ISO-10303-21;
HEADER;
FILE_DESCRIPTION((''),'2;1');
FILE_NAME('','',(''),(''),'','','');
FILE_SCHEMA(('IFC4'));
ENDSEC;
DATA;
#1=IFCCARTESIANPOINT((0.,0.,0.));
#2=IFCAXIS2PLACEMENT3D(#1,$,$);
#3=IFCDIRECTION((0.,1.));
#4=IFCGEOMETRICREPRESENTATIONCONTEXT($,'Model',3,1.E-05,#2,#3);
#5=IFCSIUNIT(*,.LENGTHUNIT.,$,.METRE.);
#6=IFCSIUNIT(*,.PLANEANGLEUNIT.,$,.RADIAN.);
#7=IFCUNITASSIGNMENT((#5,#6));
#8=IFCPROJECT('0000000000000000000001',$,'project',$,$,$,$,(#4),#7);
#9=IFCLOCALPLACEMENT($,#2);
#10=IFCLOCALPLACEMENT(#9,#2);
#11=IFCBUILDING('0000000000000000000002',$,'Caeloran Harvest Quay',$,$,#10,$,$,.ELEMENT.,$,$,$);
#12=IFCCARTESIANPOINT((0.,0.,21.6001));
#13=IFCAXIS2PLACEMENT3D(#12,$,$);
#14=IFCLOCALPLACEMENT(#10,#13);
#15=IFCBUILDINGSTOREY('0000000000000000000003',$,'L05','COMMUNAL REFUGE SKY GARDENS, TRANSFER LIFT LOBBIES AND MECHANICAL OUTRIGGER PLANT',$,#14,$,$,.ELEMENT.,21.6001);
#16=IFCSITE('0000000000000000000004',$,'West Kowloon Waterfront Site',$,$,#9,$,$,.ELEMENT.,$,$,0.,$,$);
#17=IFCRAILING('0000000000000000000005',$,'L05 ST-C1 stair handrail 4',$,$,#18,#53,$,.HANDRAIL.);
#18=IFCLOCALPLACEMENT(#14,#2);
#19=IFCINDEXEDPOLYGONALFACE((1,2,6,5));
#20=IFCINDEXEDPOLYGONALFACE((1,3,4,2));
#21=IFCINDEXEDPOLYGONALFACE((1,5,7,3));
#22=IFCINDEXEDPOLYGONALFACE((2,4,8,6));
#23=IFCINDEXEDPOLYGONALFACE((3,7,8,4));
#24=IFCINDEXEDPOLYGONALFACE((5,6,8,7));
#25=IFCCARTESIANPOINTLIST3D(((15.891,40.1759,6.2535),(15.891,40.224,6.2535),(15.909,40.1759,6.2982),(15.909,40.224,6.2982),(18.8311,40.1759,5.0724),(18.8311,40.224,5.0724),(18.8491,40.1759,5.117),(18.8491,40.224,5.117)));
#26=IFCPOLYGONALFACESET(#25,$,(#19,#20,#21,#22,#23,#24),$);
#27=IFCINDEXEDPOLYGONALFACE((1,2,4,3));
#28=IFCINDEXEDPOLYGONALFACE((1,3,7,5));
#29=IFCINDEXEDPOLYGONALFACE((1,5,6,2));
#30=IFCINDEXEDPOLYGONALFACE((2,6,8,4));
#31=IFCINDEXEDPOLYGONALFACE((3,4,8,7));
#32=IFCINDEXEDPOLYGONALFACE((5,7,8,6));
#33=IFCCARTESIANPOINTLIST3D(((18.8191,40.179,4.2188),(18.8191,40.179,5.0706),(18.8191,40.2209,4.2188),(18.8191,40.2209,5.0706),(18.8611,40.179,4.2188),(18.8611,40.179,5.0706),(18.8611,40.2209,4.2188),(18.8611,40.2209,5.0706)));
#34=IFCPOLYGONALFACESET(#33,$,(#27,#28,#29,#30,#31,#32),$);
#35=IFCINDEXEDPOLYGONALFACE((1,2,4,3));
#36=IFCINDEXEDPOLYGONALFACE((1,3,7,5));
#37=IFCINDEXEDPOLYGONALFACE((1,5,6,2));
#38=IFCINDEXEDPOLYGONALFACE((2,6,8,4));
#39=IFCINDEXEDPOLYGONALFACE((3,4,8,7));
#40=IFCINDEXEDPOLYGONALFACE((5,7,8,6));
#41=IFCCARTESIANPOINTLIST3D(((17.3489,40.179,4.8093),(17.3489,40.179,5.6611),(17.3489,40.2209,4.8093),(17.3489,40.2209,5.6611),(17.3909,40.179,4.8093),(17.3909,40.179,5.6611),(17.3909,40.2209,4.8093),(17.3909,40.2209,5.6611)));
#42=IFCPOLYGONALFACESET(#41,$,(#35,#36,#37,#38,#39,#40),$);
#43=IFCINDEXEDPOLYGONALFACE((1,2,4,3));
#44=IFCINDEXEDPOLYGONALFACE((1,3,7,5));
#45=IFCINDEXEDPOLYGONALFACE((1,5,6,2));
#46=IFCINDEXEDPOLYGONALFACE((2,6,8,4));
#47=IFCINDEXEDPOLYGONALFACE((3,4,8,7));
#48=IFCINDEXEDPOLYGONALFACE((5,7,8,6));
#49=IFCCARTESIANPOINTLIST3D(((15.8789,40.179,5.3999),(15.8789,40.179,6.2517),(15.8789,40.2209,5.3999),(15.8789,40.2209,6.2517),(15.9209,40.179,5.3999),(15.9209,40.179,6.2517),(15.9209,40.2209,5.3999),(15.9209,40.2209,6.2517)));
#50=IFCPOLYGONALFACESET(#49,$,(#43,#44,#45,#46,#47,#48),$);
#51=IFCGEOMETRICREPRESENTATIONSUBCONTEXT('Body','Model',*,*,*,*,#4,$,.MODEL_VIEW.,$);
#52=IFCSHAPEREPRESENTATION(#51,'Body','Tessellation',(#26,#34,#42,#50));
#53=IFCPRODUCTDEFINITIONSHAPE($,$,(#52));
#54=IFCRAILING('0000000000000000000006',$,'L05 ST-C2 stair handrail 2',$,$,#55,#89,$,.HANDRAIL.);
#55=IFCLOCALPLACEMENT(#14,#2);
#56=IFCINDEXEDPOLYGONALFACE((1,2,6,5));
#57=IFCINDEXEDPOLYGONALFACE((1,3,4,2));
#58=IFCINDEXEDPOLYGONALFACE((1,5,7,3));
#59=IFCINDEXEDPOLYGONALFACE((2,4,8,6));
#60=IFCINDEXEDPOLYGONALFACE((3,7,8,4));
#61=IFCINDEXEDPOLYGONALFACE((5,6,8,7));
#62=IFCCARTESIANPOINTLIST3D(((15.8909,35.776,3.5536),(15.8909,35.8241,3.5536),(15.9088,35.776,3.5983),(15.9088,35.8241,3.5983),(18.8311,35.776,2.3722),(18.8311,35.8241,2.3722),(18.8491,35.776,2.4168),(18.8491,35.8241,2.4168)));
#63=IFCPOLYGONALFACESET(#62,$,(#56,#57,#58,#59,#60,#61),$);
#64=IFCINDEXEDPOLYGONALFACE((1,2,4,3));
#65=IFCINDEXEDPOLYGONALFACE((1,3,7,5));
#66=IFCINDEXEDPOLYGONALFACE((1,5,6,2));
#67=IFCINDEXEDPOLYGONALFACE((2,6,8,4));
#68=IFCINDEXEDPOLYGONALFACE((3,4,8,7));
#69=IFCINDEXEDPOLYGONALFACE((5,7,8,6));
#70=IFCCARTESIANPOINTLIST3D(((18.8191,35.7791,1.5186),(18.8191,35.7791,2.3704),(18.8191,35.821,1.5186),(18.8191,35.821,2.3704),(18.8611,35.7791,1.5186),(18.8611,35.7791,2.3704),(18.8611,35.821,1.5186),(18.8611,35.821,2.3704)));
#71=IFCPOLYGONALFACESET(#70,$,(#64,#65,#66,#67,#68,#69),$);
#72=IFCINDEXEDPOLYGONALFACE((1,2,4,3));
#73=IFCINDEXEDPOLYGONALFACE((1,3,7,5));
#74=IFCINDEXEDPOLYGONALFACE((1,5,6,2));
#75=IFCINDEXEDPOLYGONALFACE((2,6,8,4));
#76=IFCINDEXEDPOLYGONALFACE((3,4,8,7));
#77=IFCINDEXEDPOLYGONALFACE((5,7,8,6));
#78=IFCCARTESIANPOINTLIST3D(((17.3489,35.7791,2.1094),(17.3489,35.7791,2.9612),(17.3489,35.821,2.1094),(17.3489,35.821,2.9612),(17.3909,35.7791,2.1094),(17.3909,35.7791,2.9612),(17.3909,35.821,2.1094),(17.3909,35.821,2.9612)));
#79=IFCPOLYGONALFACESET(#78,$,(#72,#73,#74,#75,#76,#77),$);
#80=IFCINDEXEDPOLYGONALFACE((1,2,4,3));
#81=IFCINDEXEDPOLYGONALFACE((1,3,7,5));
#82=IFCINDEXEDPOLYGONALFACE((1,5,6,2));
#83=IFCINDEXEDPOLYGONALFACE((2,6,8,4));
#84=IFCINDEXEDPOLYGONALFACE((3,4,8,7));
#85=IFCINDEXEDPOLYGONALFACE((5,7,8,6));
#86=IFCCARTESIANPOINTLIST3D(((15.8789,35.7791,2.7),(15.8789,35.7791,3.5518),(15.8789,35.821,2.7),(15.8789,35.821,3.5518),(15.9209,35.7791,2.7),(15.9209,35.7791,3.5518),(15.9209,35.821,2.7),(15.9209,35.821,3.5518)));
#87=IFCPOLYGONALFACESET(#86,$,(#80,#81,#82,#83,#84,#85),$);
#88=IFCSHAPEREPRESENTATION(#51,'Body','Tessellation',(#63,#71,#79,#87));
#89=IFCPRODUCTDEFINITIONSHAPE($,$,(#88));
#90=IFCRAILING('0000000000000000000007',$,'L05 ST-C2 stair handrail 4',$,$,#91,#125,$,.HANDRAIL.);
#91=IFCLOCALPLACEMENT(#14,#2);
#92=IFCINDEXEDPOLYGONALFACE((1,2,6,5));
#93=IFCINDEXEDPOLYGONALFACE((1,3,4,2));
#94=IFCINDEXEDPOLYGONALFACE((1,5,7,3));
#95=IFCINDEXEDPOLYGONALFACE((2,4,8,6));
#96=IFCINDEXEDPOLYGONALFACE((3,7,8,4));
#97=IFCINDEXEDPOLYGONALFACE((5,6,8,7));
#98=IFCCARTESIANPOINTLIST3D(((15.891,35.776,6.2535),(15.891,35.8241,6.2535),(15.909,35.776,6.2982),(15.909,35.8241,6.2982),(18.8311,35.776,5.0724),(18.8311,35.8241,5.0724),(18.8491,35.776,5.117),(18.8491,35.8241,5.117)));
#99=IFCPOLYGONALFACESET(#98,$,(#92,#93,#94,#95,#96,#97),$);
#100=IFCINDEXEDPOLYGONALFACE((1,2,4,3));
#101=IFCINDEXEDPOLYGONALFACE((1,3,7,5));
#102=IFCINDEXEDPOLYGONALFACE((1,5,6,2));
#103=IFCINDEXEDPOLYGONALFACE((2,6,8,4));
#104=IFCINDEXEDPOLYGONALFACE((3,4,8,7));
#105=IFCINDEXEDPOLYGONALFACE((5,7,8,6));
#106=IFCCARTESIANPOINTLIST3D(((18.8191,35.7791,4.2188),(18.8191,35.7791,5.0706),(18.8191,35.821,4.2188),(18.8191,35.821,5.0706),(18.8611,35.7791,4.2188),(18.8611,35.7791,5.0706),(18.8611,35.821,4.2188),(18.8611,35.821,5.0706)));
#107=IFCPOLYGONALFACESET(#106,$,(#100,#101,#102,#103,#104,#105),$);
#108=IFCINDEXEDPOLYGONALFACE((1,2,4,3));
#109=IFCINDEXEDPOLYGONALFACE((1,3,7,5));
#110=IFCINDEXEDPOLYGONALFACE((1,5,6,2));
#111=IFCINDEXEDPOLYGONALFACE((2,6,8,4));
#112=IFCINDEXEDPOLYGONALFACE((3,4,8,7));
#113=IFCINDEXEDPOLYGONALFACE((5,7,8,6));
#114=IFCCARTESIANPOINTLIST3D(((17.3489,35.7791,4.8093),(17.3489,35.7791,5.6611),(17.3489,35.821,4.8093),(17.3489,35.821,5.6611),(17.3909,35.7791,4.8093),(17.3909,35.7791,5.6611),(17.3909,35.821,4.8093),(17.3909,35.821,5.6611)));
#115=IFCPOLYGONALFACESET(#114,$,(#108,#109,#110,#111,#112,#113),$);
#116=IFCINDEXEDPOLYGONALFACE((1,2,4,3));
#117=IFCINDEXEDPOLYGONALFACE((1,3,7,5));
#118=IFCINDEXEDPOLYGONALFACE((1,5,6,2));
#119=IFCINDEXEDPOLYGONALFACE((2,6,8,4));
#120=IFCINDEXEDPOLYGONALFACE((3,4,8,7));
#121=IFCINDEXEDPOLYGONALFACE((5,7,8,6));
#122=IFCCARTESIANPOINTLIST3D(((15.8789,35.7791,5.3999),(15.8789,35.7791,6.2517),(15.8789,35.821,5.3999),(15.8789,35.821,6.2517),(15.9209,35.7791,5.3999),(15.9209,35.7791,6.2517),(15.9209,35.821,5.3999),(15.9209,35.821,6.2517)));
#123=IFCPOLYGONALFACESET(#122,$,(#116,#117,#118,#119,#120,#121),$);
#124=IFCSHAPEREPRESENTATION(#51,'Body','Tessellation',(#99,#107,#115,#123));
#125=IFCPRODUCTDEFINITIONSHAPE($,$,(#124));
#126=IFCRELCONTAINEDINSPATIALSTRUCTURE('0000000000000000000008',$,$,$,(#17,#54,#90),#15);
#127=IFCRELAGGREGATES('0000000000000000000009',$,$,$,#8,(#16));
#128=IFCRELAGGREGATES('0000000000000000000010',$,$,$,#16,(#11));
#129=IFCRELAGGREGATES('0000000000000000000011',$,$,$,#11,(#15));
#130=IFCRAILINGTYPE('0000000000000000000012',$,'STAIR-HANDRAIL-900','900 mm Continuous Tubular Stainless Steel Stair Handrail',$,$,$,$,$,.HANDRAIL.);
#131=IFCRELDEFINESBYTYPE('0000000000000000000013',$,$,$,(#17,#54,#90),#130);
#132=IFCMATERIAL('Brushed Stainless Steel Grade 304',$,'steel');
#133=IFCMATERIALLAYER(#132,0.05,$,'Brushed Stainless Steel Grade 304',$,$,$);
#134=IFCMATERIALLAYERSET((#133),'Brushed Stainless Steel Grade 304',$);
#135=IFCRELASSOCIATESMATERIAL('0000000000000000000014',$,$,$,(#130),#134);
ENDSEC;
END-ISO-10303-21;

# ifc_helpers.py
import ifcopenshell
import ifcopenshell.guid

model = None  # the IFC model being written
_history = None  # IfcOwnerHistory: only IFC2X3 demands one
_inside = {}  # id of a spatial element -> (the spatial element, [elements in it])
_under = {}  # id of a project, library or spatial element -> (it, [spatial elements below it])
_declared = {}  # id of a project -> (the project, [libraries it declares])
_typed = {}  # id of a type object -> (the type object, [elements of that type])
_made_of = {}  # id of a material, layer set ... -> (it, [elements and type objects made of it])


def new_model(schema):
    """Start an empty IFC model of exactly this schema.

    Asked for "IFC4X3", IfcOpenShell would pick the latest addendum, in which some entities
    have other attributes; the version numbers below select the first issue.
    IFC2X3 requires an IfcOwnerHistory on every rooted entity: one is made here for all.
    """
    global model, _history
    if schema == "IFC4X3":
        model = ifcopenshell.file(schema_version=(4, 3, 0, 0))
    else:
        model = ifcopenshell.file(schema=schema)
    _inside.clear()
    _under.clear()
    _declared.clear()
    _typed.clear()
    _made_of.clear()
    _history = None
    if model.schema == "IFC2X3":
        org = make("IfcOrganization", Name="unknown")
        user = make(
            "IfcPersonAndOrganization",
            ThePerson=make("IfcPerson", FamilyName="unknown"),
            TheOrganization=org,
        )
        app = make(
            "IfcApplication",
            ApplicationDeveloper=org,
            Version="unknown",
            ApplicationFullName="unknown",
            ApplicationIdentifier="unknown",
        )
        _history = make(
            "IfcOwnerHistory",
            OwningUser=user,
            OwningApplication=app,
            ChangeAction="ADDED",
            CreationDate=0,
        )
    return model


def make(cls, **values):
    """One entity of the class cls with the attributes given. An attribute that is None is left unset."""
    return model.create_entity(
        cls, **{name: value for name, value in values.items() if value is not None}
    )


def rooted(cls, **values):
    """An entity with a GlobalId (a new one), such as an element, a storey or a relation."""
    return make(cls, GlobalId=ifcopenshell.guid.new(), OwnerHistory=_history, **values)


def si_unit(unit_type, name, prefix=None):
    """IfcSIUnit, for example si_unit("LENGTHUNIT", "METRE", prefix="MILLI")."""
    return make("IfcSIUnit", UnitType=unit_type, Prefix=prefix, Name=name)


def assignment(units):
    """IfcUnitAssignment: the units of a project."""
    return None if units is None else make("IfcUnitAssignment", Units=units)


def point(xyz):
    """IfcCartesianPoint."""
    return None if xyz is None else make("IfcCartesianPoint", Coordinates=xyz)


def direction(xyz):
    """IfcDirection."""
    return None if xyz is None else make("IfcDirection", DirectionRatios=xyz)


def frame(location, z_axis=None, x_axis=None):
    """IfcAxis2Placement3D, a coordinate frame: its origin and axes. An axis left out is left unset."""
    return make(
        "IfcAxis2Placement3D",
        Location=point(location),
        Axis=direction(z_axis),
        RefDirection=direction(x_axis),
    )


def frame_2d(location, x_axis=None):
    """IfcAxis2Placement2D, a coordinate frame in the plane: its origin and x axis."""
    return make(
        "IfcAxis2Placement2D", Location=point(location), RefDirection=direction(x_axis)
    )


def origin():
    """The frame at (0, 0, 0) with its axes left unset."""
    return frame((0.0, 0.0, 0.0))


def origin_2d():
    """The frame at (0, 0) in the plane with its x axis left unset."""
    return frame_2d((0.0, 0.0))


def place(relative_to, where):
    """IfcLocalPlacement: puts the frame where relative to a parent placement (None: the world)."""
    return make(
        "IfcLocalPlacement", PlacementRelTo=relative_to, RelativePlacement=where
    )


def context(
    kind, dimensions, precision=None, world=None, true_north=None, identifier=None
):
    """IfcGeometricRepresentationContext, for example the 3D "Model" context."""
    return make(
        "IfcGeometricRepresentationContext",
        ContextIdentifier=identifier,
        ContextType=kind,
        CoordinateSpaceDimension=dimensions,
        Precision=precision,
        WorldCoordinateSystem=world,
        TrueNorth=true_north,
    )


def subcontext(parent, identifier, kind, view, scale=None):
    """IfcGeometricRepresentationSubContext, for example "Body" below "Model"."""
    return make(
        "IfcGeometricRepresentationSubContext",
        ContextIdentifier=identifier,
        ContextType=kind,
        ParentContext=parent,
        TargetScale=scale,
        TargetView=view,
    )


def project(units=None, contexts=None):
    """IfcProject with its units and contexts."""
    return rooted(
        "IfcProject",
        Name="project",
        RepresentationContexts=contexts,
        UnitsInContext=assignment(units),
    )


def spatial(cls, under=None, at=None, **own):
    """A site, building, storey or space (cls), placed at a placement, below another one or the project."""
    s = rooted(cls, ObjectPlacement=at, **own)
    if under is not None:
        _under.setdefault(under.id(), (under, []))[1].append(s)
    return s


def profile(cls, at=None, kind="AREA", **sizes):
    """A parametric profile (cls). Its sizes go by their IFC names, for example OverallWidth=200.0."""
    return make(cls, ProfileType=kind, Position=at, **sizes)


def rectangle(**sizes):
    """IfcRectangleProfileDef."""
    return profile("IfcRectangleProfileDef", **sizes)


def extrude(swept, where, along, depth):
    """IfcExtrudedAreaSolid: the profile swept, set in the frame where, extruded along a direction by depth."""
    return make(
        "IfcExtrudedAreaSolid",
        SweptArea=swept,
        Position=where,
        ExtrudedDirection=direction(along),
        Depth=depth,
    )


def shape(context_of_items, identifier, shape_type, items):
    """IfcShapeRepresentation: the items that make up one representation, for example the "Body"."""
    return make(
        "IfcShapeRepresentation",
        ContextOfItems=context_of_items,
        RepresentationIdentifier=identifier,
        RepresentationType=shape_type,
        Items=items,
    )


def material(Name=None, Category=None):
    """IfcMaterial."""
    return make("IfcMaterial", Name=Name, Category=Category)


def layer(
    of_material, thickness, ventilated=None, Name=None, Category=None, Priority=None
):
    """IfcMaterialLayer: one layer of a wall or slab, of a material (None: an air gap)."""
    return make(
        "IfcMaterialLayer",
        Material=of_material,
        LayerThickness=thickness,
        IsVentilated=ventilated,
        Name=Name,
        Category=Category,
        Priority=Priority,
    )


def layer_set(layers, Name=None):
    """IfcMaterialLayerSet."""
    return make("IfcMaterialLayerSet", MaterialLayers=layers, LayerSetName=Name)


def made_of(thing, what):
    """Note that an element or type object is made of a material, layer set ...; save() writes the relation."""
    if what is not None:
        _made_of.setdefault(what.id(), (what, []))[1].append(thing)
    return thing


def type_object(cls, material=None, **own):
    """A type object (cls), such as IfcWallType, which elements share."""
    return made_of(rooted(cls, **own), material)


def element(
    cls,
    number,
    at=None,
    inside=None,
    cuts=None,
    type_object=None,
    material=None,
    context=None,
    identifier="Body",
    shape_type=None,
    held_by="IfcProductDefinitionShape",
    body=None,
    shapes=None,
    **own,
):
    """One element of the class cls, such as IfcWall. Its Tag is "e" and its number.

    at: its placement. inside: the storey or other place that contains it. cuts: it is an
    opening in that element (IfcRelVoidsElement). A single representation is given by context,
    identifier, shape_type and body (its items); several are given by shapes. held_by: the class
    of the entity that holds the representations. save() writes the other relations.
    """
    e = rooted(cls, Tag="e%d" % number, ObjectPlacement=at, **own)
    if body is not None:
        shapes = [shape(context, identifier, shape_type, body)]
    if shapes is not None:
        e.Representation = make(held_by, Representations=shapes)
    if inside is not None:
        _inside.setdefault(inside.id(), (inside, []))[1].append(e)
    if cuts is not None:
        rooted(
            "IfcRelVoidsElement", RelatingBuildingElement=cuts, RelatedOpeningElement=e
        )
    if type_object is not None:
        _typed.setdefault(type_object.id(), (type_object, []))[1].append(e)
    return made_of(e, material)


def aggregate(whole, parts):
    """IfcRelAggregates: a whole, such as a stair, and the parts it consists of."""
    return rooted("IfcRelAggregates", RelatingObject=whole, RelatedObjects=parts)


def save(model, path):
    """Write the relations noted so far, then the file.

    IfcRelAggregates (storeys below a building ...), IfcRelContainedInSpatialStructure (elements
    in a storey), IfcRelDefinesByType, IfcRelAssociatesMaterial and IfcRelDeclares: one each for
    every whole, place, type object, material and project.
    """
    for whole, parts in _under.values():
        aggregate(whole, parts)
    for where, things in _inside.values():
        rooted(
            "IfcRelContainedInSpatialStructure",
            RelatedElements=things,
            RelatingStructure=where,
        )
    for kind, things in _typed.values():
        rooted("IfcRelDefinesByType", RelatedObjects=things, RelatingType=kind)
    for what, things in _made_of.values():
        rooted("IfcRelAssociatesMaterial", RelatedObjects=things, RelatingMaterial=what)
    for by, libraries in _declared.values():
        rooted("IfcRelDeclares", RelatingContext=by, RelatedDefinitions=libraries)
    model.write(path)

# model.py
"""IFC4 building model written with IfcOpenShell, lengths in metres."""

from ifc_helpers import new_model, si_unit, direction, frame, origin, origin_2d, place, context, subcontext, project, spatial, rectangle, extrude, material, layer, layer_set, type_object, element, save


model = new_model("IFC4")

# Units and contexts
model_context = context("Model", 3, precision=1e-05, world=origin(), true_north=direction((0.0, 1.0)))
body_context = subcontext(model_context, "Body", "Model", "MODEL_VIEW")
ifc_project = project(units=[si_unit("LENGTHUNIT", "METRE"), si_unit("PLANEANGLEUNIT", "RADIAN")], contexts=[model_context])

# Site, building, storey
site_placement = place(None, origin())
site = spatial("IfcSite", under=ifc_project, at=site_placement, Name="West Kowloon Waterfront Site", CompositionType="ELEMENT", RefElevation=0.0)
building_placement = place(site_placement, origin())
building = spatial("IfcBuilding", under=site, at=building_placement, Name="Caeloran Harvest Quay", CompositionType="ELEMENT")
storey_placement = place(building_placement, frame((0.0, 0.0, 21.6001)))
storey = spatial("IfcBuildingStorey", under=building, at=storey_placement, Name="L05", Description="COMMUNAL REFUGE SKY GARDENS, TRANSFER LIFT LOBBIES AND MECHANICAL OUTRIGGER PLANT", CompositionType="ELEMENT", Elevation=21.6001)

# Railings
ifc_material_1 = material(Name="Brushed Stainless Steel Grade 304", Category="steel")
ifc_layer_1 = layer(ifc_material_1, 0.05, Name="Brushed Stainless Steel Grade 304")
ifc_layer_set_1 = layer_set([ifc_layer_1], Name="Brushed Stainless Steel Grade 304")
railing_type_1 = type_object("IfcRailingType", Name="STAIR-HANDRAIL-900", Description="900 mm Continuous Tubular Stainless Steel Stair Handrail", PredefinedType="HANDRAIL", material=ifc_layer_set_1)
railing_1_placement = place(storey_placement, frame((18.8401, 40.2, 4.2188)))
element("IfcRailing", 1, at=railing_1_placement, inside=storey, type_object=railing_type_1, Name="L05 ST-C1 stair handrail 4", PredefinedType="HANDRAIL", context=body_context, shape_type="SweptSolid", body=[
    extrude(rectangle(XDim=0.0481, YDim=0.0481, at=origin_2d()), frame((0.0, 0.0, 0.876), z_axis=(-0.927923, 0.0, 0.372772), x_axis=(0.0, -1.0, 0.0)), (0.0, 0.0, 1.0), 3.1685),
    extrude(rectangle(XDim=0.042, YDim=0.042, at=origin_2d()), origin(), (0.0, 0.0, 1.0), 0.8518),
    extrude(rectangle(XDim=0.042, YDim=0.042, at=origin_2d()), frame((-1.4702, 0.0, 0.5906)), (0.0, 0.0, 1.0), 0.8518),
    extrude(rectangle(XDim=0.042, YDim=0.042, at=origin_2d()), frame((-2.9402, 0.0, 1.1812)), (0.0, 0.0, 1.0), 0.8518),
])
railing_2_placement = place(storey_placement, frame((18.8401, 35.8, 1.5186)))
element("IfcRailing", 2, at=railing_2_placement, inside=storey, type_object=railing_type_1, Name="L05 ST-C2 stair handrail 2", PredefinedType="HANDRAIL", context=body_context, shape_type="SweptSolid", body=[
    extrude(rectangle(XDim=0.0481, YDim=0.0481, at=origin_2d()), frame((0.0, 0.0, 0.876), z_axis=(-0.927896, 0.0, 0.372838), x_axis=(0.0, -1.0, 0.0)), (0.0, 0.0, 1.0), 3.1687),
    extrude(rectangle(XDim=0.042, YDim=0.042, at=origin_2d()), origin(), (0.0, 0.0, 1.0), 0.8518),
    extrude(rectangle(XDim=0.042, YDim=0.042, at=origin_2d()), frame((-1.4702, 0.0, 0.5908)), (0.0, 0.0, 1.0), 0.8518),
    extrude(rectangle(XDim=0.042, YDim=0.042, at=origin_2d()), frame((-2.9402, 0.0, 1.1814)), (0.0, 0.0, 1.0), 0.8518),
])
railing_3_placement = place(storey_placement, frame((18.8401, 35.8, 4.2188)))
element("IfcRailing", 3, at=railing_3_placement, inside=storey, type_object=railing_type_1, Name="L05 ST-C2 stair handrail 4", PredefinedType="HANDRAIL", context=body_context, shape_type="SweptSolid", body=[
    extrude(rectangle(XDim=0.0481, YDim=0.0481, at=origin_2d()), frame((0.0, 0.0, 0.876), z_axis=(-0.927923, 0.0, 0.372772), x_axis=(0.0, -1.0, 0.0)), (0.0, 0.0, 1.0), 3.1685),
    extrude(rectangle(XDim=0.042, YDim=0.042, at=origin_2d()), origin(), (0.0, 0.0, 1.0), 0.8518),
    extrude(rectangle(XDim=0.042, YDim=0.042, at=origin_2d()), frame((-1.4702, 0.0, 0.5906)), (0.0, 0.0, 1.0), 0.8518),
    extrude(rectangle(XDim=0.042, YDim=0.042, at=origin_2d()), frame((-2.9402, 0.0, 1.1812)), (0.0, 0.0, 1.0), 0.8518),
])

save(model, "model.ifc")
